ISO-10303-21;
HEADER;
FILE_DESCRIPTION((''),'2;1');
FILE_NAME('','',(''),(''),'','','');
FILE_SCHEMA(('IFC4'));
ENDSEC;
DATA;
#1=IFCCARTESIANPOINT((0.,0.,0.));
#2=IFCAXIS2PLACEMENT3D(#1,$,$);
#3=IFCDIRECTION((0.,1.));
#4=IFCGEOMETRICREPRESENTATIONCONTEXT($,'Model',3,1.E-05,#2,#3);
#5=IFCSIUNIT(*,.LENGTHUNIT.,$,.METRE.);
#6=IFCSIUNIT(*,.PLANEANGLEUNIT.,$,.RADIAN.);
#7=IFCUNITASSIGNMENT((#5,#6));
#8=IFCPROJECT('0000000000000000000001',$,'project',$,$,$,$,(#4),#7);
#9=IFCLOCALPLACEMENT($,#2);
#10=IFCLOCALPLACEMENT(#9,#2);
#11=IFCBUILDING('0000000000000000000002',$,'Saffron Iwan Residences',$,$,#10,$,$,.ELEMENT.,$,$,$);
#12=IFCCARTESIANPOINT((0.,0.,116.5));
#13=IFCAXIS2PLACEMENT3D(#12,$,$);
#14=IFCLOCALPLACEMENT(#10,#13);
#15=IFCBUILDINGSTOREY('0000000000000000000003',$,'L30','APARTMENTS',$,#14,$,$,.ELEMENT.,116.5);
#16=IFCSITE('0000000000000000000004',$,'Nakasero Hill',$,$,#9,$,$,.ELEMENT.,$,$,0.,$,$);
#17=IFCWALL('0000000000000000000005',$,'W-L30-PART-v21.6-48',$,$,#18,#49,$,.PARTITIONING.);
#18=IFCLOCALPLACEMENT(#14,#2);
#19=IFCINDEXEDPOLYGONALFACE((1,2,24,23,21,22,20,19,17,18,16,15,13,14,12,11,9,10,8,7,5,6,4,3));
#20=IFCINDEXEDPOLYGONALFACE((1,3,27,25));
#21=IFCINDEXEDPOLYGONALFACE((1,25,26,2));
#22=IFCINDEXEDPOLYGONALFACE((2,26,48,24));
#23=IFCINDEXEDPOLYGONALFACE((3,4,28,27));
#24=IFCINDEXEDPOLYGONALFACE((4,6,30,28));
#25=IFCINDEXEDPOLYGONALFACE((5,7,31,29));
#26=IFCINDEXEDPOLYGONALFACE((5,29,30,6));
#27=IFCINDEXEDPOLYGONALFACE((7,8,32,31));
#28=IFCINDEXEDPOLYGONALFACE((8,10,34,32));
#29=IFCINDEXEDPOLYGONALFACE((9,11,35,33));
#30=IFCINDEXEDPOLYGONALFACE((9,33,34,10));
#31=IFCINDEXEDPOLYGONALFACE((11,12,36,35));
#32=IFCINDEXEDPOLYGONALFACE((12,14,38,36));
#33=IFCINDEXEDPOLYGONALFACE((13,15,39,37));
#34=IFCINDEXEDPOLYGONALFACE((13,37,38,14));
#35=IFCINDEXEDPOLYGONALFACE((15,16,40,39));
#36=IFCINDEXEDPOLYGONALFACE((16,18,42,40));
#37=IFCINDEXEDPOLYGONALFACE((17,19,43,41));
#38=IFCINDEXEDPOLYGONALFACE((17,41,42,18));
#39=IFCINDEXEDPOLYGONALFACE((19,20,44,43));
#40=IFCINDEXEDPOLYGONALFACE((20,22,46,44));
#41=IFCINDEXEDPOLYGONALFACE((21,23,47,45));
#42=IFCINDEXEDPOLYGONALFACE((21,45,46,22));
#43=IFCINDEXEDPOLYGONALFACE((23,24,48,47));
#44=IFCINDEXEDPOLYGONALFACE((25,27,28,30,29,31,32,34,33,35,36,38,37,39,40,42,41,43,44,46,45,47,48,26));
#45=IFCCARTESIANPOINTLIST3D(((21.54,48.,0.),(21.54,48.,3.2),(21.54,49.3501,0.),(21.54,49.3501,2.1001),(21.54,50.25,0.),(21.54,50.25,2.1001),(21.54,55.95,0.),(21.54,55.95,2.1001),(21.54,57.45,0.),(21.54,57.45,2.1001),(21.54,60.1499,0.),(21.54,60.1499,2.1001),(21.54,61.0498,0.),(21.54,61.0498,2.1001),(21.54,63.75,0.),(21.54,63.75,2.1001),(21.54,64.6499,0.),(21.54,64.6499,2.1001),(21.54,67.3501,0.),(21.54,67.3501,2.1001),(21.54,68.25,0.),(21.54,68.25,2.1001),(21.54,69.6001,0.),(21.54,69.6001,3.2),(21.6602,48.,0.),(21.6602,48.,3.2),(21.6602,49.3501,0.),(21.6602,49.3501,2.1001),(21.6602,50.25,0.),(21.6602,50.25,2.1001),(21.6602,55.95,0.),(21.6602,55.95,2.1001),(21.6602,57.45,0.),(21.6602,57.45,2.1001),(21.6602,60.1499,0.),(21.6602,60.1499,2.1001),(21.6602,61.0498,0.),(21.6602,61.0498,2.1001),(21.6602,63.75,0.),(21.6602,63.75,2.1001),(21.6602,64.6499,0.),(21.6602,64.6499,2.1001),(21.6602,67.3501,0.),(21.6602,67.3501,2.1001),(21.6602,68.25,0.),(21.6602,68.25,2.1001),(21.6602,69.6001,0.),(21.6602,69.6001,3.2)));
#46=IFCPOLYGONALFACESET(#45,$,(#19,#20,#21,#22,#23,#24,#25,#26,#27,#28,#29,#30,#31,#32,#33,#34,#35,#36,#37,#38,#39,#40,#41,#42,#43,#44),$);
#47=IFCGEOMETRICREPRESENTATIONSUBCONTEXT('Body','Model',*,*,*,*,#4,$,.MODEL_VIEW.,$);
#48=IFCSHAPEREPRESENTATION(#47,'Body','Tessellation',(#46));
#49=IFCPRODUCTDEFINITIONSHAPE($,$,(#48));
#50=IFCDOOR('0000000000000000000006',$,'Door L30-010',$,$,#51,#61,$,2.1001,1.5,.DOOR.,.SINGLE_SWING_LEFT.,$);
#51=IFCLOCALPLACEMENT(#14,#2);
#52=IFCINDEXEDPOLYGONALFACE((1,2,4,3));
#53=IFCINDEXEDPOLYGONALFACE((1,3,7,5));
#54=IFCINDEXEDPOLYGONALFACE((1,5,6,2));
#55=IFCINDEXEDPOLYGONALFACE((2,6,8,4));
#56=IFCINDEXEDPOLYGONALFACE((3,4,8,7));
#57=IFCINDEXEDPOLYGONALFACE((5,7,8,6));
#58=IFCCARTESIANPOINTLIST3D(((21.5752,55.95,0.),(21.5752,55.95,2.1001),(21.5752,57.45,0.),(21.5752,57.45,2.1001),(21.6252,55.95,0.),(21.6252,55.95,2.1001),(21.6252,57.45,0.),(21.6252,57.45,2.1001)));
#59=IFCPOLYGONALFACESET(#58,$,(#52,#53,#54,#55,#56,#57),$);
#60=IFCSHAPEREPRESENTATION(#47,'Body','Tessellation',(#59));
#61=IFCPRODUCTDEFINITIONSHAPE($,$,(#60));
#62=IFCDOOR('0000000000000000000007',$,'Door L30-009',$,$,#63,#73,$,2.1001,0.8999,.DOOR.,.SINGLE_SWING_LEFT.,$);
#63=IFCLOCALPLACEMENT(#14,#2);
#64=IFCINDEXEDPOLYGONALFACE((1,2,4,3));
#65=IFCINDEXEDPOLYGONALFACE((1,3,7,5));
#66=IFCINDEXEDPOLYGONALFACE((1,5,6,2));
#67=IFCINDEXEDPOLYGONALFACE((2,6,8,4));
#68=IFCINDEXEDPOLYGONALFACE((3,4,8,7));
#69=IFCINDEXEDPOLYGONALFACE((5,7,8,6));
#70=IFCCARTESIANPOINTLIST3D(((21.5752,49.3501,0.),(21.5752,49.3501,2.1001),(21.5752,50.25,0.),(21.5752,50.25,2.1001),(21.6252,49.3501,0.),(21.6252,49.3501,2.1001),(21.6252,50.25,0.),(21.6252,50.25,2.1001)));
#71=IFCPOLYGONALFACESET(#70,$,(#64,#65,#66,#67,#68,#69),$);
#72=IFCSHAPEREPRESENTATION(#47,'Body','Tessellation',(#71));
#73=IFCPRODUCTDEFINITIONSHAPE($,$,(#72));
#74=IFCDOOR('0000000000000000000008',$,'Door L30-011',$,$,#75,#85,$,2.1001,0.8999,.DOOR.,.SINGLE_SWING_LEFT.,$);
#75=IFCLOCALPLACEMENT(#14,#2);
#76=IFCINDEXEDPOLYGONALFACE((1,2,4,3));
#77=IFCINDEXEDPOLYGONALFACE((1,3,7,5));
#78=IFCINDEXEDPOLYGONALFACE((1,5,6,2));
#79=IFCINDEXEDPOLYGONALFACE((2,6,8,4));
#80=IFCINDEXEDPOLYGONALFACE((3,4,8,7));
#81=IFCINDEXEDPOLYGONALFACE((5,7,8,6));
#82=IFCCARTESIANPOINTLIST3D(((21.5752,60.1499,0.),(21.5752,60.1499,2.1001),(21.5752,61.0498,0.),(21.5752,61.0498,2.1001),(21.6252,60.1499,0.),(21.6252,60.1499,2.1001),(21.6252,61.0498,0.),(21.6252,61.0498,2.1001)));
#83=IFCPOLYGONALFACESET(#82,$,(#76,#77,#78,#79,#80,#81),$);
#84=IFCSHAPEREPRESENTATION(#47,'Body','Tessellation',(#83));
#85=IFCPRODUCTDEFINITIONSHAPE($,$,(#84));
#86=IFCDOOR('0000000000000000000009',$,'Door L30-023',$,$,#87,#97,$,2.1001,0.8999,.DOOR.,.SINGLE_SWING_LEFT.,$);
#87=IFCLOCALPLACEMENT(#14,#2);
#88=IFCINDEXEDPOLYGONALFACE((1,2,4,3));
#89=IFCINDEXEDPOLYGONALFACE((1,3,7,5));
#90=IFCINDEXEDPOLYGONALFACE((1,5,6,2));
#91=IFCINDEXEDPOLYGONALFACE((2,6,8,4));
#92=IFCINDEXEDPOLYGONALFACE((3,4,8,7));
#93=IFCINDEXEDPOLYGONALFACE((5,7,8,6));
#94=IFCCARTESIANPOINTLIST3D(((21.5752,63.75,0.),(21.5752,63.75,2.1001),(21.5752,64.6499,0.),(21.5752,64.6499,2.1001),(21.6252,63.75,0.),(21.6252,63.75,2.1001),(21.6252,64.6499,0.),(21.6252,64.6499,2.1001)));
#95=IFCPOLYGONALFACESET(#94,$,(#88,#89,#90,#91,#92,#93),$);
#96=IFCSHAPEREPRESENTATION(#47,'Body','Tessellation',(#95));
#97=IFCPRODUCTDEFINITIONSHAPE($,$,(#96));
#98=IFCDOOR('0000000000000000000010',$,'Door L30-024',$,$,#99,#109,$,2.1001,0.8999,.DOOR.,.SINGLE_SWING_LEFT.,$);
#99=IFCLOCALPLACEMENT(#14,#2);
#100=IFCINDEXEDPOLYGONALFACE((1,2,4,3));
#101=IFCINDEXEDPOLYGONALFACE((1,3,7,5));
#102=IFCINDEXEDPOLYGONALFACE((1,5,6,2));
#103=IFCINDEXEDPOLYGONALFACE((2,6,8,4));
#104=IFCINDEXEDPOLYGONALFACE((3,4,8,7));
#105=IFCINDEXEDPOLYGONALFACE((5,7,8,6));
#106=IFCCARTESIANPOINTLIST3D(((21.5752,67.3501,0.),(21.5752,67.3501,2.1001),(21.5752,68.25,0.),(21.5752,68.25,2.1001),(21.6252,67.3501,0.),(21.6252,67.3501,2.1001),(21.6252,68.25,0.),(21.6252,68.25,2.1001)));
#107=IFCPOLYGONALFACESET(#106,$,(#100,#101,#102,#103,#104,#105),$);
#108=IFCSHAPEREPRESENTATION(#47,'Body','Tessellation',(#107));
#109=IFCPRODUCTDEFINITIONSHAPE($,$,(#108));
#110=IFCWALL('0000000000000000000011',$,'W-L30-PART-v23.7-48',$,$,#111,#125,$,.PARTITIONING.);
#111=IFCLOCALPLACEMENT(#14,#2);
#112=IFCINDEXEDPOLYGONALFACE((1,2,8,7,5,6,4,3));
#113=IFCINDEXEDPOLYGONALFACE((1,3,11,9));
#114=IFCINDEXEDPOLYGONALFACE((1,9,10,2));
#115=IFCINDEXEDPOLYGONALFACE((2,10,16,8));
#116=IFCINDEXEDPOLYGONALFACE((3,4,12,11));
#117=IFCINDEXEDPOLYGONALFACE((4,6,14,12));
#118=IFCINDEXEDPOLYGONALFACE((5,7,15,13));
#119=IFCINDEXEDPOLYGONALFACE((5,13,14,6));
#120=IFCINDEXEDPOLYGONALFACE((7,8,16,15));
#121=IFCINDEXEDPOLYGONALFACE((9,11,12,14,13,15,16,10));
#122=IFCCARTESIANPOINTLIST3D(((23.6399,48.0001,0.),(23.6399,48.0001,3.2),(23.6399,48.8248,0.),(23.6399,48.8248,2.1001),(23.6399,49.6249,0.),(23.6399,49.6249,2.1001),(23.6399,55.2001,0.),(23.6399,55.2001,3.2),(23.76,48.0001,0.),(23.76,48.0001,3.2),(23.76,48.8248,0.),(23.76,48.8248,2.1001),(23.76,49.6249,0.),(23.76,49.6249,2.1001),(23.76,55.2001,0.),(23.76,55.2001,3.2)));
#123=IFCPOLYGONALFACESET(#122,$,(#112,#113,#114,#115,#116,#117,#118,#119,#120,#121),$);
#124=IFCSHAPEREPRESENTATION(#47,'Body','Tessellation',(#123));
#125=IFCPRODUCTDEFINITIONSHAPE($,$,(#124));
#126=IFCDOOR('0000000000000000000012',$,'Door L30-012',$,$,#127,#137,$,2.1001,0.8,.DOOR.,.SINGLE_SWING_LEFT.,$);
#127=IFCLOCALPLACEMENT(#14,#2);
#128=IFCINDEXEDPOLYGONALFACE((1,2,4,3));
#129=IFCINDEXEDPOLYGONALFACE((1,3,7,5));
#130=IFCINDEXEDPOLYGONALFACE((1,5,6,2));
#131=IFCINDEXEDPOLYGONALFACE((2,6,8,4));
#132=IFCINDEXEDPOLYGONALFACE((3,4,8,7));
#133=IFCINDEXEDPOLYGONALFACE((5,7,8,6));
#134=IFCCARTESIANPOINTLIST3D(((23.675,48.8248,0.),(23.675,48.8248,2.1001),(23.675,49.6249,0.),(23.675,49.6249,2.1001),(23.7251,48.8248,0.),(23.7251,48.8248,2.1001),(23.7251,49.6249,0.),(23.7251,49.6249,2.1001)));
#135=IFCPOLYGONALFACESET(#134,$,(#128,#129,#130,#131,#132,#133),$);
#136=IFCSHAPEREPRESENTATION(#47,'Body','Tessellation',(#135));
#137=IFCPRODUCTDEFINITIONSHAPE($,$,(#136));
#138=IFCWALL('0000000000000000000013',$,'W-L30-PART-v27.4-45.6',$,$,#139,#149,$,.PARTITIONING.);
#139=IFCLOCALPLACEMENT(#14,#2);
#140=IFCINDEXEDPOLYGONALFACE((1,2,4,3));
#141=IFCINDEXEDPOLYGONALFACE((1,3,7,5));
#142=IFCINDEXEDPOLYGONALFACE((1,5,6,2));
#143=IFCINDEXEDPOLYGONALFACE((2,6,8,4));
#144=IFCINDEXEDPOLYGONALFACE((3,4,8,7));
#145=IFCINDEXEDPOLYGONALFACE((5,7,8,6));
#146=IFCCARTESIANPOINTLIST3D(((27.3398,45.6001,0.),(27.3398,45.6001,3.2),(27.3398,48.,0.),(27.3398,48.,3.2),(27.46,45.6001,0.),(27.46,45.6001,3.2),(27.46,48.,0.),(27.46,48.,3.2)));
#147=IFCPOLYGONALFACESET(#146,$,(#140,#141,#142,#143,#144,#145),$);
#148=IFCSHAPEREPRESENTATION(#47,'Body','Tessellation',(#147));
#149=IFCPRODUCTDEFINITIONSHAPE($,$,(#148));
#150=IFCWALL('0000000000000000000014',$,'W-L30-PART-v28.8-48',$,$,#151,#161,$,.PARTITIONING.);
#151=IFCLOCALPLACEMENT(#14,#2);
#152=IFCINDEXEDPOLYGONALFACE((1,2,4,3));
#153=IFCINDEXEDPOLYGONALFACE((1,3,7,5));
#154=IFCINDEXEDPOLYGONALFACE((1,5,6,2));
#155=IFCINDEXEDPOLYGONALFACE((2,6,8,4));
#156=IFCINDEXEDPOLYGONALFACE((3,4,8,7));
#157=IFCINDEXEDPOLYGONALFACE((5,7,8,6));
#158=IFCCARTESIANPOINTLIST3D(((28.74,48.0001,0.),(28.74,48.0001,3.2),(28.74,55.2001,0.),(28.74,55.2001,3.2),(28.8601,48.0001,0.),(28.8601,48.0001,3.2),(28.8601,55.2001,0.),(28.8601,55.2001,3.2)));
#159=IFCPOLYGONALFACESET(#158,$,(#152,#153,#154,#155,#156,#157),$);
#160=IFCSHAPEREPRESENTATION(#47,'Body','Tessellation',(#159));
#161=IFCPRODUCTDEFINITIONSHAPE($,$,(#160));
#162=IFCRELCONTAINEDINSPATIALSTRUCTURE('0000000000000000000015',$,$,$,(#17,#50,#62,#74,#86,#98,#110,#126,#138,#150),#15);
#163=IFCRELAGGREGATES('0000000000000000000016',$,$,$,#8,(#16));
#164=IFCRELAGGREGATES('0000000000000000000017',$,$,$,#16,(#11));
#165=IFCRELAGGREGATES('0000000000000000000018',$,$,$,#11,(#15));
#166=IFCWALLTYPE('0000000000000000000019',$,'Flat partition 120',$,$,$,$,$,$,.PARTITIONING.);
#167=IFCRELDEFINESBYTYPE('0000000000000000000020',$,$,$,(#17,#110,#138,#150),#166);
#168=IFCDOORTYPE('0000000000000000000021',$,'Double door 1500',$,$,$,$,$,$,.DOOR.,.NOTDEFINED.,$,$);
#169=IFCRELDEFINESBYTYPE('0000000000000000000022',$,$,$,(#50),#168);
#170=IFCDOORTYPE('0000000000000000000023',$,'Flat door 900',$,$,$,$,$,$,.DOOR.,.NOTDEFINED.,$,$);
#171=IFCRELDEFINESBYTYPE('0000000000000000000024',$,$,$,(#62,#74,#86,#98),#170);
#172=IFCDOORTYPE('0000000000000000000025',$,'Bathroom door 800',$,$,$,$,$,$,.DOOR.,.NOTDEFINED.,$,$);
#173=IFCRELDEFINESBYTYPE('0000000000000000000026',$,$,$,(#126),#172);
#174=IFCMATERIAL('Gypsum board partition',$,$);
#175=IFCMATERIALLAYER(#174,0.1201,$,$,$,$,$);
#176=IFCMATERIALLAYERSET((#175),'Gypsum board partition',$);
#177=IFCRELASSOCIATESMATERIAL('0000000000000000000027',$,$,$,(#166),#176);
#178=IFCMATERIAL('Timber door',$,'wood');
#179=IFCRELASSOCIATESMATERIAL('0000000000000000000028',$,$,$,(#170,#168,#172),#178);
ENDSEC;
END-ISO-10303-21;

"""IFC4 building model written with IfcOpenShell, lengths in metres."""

from ifc_helpers import new_model, si_unit, direction, frame, frame_2d, origin, place, context, subcontext, project, spatial, rectangle, extrude, material, layer, layer_set, type_object, element, fill, save


model = new_model("IFC4")

# Units and contexts
model_context = context("Model", 3, precision=1e-05, world=origin(), true_north=direction((0.0, 1.0)))
body_context = subcontext(model_context, "Body", "Model", "MODEL_VIEW")
ifc_project = project(units=[si_unit("LENGTHUNIT", "METRE"), si_unit("PLANEANGLEUNIT", "RADIAN")], contexts=[model_context])

# Site, building, storey
site_placement = place(None, origin())
site = spatial("IfcSite", under=ifc_project, at=site_placement, Name="Nakasero Hill", CompositionType="ELEMENT", RefElevation=0.0)
building_placement = place(site_placement, origin())
building = spatial("IfcBuilding", under=site, at=building_placement, Name="Saffron Iwan Residences", CompositionType="ELEMENT")
storey_placement = place(building_placement, frame((0.0, 0.0, 116.5)))
storey = spatial("IfcBuildingStorey", under=building, at=storey_placement, Name="L30", Description="APARTMENTS", CompositionType="ELEMENT", Elevation=116.5)

# Shared definitions
ifc_material_1 = material(Name="Gypsum board partition")
ifc_layer = layer(ifc_material_1, 0.1201)
ifc_layer_set = layer_set([ifc_layer], Name="Gypsum board partition")
wall_type = type_object("IfcWallType", Name="Flat partition 120", PredefinedType="PARTITIONING", material=ifc_layer_set)
ifc_material_2 = material(Name="Timber door", Category="wood")
door_type_1 = type_object("IfcDoorType", Name="Flat door 900", OperationType="NOTDEFINED", PredefinedType="DOOR", material=ifc_material_2)

# Wall, openings, doors
wall_1_placement = place(storey_placement, frame((21.6001, 48.0, 0.0), z_axis=(0.0, 0.0, 1.0), x_axis=(0.0, 1.0, 0.0)))
wall_1 = element("IfcWall", 1, at=wall_1_placement, inside=storey, type_object=wall_type, Name="W-L30-PART-v21.6-48", PredefinedType="PARTITIONING", context=body_context, shape_type="SweptSolid", body=[
    extrude(rectangle(XDim=21.6001, YDim=0.1201, at=frame_2d((10.8, 0.0))), origin(), (0.0, 0.0, 1.0), 3.2),
])
opening_1_placement = place(wall_1_placement, frame((1.3501, 0.0, 0.0)))
opening_1 = element("IfcOpeningElement", 2, at=opening_1_placement, cuts=wall_1, PredefinedType="OPENING", context=body_context, shape_type="SweptSolid", body=[
    extrude(rectangle(XDim=0.8999, YDim=2.1001, at=frame_2d((0.45, 1.05))), frame((0.0, 0.0701, 0.0), z_axis=(0.0, -1.0, 0.0), x_axis=(1.0, 0.0, 0.0)), (0.0, 0.0, 1.0), 0.1401),
])
opening_2_placement = place(wall_1_placement, frame((7.95, 0.0, 0.0)))
opening_2 = element("IfcOpeningElement", 3, at=opening_2_placement, cuts=wall_1, PredefinedType="OPENING", context=body_context, shape_type="SweptSolid", body=[
    extrude(rectangle(XDim=1.5, YDim=2.1001, at=frame_2d((0.75, 1.05))), frame((0.0, 0.0701, 0.0), z_axis=(0.0, -1.0, 0.0), x_axis=(1.0, 0.0, 0.0)), (0.0, 0.0, 1.0), 0.1401),
])
opening_3_placement = place(wall_1_placement, frame((12.1499, 0.0, 0.0)))
opening_3 = element("IfcOpeningElement", 4, at=opening_3_placement, cuts=wall_1, PredefinedType="OPENING", context=body_context, shape_type="SweptSolid", body=[
    extrude(rectangle(XDim=0.8999, YDim=2.1001, at=frame_2d((0.45, 1.05))), frame((0.0, 0.0701, 0.0), z_axis=(0.0, -1.0, 0.0), x_axis=(1.0, 0.0, 0.0)), (0.0, 0.0, 1.0), 0.1401),
])
opening_4_placement = place(wall_1_placement, frame((15.75, 0.0, 0.0)))
opening_4 = element("IfcOpeningElement", 5, at=opening_4_placement, cuts=wall_1, PredefinedType="OPENING", context=body_context, shape_type="SweptSolid", body=[
    extrude(rectangle(XDim=0.8999, YDim=2.1001, at=frame_2d((0.45, 1.05))), frame((0.0, 0.0701, 0.0), z_axis=(0.0, -1.0, 0.0), x_axis=(1.0, 0.0, 0.0)), (0.0, 0.0, 1.0), 0.1401),
])
opening_5_placement = place(wall_1_placement, frame((19.3501, 0.0, 0.0)))
opening_5 = element("IfcOpeningElement", 6, at=opening_5_placement, cuts=wall_1, PredefinedType="OPENING", context=body_context, shape_type="SweptSolid", body=[
    extrude(rectangle(XDim=0.8999, YDim=2.1001, at=frame_2d((0.45, 1.05))), frame((0.0, 0.0701, 0.0), z_axis=(0.0, -1.0, 0.0), x_axis=(1.0, 0.0, 0.0)), (0.0, 0.0, 1.0), 0.1401),
])
door_type_2 = type_object("IfcDoorType", Name="Double door 1500", OperationType="NOTDEFINED", PredefinedType="DOOR", material=ifc_material_2)
door_1_placement = place(opening_2_placement, origin())
door_1 = element("IfcDoor", 7, at=door_1_placement, inside=storey, type_object=door_type_2, Name="Door L30-010", OperationType="SINGLE_SWING_LEFT", OverallHeight=2.1001, OverallWidth=1.5, PredefinedType="DOOR", context=body_context, shape_type="SweptSolid", body=[
    extrude(rectangle(XDim=1.5, YDim=2.1001, at=frame_2d((0.75, 1.05))), frame((0.0, 0.0249, 0.0), z_axis=(0.0, -1.0, 0.0), x_axis=(1.0, 0.0, 0.0)), (0.0, 0.0, 1.0), 0.05),
])
fill(opening_2, door_1)
door_2_placement = place(opening_1_placement, origin())
door_2 = element("IfcDoor", 8, at=door_2_placement, inside=storey, type_object=door_type_1, Name="Door L30-009", OperationType="SINGLE_SWING_LEFT", OverallHeight=2.1001, OverallWidth=0.8999, PredefinedType="DOOR", context=body_context, shape_type="SweptSolid", body=[
    extrude(rectangle(XDim=0.8999, YDim=2.1001, at=frame_2d((0.45, 1.05))), frame((0.0, 0.0249, 0.0), z_axis=(0.0, -1.0, 0.0), x_axis=(1.0, 0.0, 0.0)), (0.0, 0.0, 1.0), 0.05),
])
fill(opening_1, door_2)
door_3_placement = place(opening_3_placement, origin())
door_3 = element("IfcDoor", 9, at=door_3_placement, inside=storey, type_object=door_type_1, Name="Door L30-011", OperationType="SINGLE_SWING_LEFT", OverallHeight=2.1001, OverallWidth=0.8999, PredefinedType="DOOR", context=body_context, shape_type="SweptSolid", body=[
    extrude(rectangle(XDim=0.8999, YDim=2.1001, at=frame_2d((0.45, 1.05))), frame((0.0, 0.0249, 0.0), z_axis=(0.0, -1.0, 0.0), x_axis=(1.0, 0.0, 0.0)), (0.0, 0.0, 1.0), 0.05),
])
fill(opening_3, door_3)
door_4_placement = place(opening_4_placement, origin())
door_4 = element("IfcDoor", 10, at=door_4_placement, inside=storey, type_object=door_type_1, Name="Door L30-023", OperationType="SINGLE_SWING_LEFT", OverallHeight=2.1001, OverallWidth=0.8999, PredefinedType="DOOR", context=body_context, shape_type="SweptSolid", body=[
    extrude(rectangle(XDim=0.8999, YDim=2.1001, at=frame_2d((0.45, 1.05))), frame((0.0, 0.0249, 0.0), z_axis=(0.0, -1.0, 0.0), x_axis=(1.0, 0.0, 0.0)), (0.0, 0.0, 1.0), 0.05),
])
fill(opening_4, door_4)
door_5_placement = place(opening_5_placement, origin())
door_5 = element("IfcDoor", 11, at=door_5_placement, inside=storey, type_object=door_type_1, Name="Door L30-024", OperationType="SINGLE_SWING_LEFT", OverallHeight=2.1001, OverallWidth=0.8999, PredefinedType="DOOR", context=body_context, shape_type="SweptSolid", body=[
    extrude(rectangle(XDim=0.8999, YDim=2.1001, at=frame_2d((0.45, 1.05))), frame((0.0, 0.0249, 0.0), z_axis=(0.0, -1.0, 0.0), x_axis=(1.0, 0.0, 0.0)), (0.0, 0.0, 1.0), 0.05),
])
fill(opening_5, door_5)

# Wall, opening, door
wall_2_placement = place(storey_placement, frame((23.7, 48.0, 0.0), z_axis=(0.0, 0.0, 1.0), x_axis=(0.0, 1.0, 0.0)))
wall_2 = element("IfcWall", 12, at=wall_2_placement, inside=storey, type_object=wall_type, Name="W-L30-PART-v23.7-48", PredefinedType="PARTITIONING", context=body_context, shape_type="SweptSolid", body=[
    extrude(rectangle(XDim=7.2, YDim=0.1201, at=frame_2d((3.6001, 0.0))), origin(), (0.0, 0.0, 1.0), 3.2),
])
opening_6_placement = place(wall_2_placement, frame((0.825, 0.0, 0.0)))
opening_6 = element("IfcOpeningElement", 13, at=opening_6_placement, cuts=wall_2, PredefinedType="OPENING", context=body_context, shape_type="SweptSolid", body=[
    extrude(rectangle(XDim=0.8, YDim=2.1001, at=frame_2d((0.3999, 1.05))), frame((0.0, 0.0701, 0.0), z_axis=(0.0, -1.0, 0.0), x_axis=(1.0, 0.0, 0.0)), (0.0, 0.0, 1.0), 0.1401),
])
door_type_3 = type_object("IfcDoorType", Name="Bathroom door 800", OperationType="NOTDEFINED", PredefinedType="DOOR", material=ifc_material_2)
door_6_placement = place(opening_6_placement, origin())
door_6 = element("IfcDoor", 14, at=door_6_placement, inside=storey, type_object=door_type_3, Name="Door L30-012", OperationType="SINGLE_SWING_LEFT", OverallHeight=2.1001, OverallWidth=0.8, PredefinedType="DOOR", context=body_context, shape_type="SweptSolid", body=[
    extrude(rectangle(XDim=0.8, YDim=2.1001, at=frame_2d((0.3999, 1.05))), frame((0.0, 0.0249, 0.0), z_axis=(0.0, -1.0, 0.0), x_axis=(1.0, 0.0, 0.0)), (0.0, 0.0, 1.0), 0.05),
])
fill(opening_6, door_6)

# Walls
wall_3_placement = place(storey_placement, frame((27.3999, 45.6001, 0.0), z_axis=(0.0, 0.0, 1.0), x_axis=(0.0, 1.0, 0.0)))
element("IfcWall", 15, at=wall_3_placement, inside=storey, type_object=wall_type, Name="W-L30-PART-v27.4-45.6", PredefinedType="PARTITIONING", context=body_context, shape_type="SweptSolid", body=[
    extrude(rectangle(XDim=2.3999, YDim=0.1201, at=frame_2d((1.2, 0.0))), origin(), (0.0, 0.0, 1.0), 3.2),
])
wall_4_placement = place(storey_placement, frame((28.8, 48.0, 0.0), z_axis=(0.0, 0.0, 1.0), x_axis=(0.0, 1.0, 0.0)))
element("IfcWall", 16, at=wall_4_placement, inside=storey, type_object=wall_type, Name="W-L30-PART-v28.8-48", PredefinedType="PARTITIONING", context=body_context, shape_type="SweptSolid", body=[
    extrude(rectangle(XDim=7.2, YDim=0.1201, at=frame_2d((3.6001, 0.0))), origin(), (0.0, 0.0, 1.0), 3.2),
])

save(model, "model.ifc")
